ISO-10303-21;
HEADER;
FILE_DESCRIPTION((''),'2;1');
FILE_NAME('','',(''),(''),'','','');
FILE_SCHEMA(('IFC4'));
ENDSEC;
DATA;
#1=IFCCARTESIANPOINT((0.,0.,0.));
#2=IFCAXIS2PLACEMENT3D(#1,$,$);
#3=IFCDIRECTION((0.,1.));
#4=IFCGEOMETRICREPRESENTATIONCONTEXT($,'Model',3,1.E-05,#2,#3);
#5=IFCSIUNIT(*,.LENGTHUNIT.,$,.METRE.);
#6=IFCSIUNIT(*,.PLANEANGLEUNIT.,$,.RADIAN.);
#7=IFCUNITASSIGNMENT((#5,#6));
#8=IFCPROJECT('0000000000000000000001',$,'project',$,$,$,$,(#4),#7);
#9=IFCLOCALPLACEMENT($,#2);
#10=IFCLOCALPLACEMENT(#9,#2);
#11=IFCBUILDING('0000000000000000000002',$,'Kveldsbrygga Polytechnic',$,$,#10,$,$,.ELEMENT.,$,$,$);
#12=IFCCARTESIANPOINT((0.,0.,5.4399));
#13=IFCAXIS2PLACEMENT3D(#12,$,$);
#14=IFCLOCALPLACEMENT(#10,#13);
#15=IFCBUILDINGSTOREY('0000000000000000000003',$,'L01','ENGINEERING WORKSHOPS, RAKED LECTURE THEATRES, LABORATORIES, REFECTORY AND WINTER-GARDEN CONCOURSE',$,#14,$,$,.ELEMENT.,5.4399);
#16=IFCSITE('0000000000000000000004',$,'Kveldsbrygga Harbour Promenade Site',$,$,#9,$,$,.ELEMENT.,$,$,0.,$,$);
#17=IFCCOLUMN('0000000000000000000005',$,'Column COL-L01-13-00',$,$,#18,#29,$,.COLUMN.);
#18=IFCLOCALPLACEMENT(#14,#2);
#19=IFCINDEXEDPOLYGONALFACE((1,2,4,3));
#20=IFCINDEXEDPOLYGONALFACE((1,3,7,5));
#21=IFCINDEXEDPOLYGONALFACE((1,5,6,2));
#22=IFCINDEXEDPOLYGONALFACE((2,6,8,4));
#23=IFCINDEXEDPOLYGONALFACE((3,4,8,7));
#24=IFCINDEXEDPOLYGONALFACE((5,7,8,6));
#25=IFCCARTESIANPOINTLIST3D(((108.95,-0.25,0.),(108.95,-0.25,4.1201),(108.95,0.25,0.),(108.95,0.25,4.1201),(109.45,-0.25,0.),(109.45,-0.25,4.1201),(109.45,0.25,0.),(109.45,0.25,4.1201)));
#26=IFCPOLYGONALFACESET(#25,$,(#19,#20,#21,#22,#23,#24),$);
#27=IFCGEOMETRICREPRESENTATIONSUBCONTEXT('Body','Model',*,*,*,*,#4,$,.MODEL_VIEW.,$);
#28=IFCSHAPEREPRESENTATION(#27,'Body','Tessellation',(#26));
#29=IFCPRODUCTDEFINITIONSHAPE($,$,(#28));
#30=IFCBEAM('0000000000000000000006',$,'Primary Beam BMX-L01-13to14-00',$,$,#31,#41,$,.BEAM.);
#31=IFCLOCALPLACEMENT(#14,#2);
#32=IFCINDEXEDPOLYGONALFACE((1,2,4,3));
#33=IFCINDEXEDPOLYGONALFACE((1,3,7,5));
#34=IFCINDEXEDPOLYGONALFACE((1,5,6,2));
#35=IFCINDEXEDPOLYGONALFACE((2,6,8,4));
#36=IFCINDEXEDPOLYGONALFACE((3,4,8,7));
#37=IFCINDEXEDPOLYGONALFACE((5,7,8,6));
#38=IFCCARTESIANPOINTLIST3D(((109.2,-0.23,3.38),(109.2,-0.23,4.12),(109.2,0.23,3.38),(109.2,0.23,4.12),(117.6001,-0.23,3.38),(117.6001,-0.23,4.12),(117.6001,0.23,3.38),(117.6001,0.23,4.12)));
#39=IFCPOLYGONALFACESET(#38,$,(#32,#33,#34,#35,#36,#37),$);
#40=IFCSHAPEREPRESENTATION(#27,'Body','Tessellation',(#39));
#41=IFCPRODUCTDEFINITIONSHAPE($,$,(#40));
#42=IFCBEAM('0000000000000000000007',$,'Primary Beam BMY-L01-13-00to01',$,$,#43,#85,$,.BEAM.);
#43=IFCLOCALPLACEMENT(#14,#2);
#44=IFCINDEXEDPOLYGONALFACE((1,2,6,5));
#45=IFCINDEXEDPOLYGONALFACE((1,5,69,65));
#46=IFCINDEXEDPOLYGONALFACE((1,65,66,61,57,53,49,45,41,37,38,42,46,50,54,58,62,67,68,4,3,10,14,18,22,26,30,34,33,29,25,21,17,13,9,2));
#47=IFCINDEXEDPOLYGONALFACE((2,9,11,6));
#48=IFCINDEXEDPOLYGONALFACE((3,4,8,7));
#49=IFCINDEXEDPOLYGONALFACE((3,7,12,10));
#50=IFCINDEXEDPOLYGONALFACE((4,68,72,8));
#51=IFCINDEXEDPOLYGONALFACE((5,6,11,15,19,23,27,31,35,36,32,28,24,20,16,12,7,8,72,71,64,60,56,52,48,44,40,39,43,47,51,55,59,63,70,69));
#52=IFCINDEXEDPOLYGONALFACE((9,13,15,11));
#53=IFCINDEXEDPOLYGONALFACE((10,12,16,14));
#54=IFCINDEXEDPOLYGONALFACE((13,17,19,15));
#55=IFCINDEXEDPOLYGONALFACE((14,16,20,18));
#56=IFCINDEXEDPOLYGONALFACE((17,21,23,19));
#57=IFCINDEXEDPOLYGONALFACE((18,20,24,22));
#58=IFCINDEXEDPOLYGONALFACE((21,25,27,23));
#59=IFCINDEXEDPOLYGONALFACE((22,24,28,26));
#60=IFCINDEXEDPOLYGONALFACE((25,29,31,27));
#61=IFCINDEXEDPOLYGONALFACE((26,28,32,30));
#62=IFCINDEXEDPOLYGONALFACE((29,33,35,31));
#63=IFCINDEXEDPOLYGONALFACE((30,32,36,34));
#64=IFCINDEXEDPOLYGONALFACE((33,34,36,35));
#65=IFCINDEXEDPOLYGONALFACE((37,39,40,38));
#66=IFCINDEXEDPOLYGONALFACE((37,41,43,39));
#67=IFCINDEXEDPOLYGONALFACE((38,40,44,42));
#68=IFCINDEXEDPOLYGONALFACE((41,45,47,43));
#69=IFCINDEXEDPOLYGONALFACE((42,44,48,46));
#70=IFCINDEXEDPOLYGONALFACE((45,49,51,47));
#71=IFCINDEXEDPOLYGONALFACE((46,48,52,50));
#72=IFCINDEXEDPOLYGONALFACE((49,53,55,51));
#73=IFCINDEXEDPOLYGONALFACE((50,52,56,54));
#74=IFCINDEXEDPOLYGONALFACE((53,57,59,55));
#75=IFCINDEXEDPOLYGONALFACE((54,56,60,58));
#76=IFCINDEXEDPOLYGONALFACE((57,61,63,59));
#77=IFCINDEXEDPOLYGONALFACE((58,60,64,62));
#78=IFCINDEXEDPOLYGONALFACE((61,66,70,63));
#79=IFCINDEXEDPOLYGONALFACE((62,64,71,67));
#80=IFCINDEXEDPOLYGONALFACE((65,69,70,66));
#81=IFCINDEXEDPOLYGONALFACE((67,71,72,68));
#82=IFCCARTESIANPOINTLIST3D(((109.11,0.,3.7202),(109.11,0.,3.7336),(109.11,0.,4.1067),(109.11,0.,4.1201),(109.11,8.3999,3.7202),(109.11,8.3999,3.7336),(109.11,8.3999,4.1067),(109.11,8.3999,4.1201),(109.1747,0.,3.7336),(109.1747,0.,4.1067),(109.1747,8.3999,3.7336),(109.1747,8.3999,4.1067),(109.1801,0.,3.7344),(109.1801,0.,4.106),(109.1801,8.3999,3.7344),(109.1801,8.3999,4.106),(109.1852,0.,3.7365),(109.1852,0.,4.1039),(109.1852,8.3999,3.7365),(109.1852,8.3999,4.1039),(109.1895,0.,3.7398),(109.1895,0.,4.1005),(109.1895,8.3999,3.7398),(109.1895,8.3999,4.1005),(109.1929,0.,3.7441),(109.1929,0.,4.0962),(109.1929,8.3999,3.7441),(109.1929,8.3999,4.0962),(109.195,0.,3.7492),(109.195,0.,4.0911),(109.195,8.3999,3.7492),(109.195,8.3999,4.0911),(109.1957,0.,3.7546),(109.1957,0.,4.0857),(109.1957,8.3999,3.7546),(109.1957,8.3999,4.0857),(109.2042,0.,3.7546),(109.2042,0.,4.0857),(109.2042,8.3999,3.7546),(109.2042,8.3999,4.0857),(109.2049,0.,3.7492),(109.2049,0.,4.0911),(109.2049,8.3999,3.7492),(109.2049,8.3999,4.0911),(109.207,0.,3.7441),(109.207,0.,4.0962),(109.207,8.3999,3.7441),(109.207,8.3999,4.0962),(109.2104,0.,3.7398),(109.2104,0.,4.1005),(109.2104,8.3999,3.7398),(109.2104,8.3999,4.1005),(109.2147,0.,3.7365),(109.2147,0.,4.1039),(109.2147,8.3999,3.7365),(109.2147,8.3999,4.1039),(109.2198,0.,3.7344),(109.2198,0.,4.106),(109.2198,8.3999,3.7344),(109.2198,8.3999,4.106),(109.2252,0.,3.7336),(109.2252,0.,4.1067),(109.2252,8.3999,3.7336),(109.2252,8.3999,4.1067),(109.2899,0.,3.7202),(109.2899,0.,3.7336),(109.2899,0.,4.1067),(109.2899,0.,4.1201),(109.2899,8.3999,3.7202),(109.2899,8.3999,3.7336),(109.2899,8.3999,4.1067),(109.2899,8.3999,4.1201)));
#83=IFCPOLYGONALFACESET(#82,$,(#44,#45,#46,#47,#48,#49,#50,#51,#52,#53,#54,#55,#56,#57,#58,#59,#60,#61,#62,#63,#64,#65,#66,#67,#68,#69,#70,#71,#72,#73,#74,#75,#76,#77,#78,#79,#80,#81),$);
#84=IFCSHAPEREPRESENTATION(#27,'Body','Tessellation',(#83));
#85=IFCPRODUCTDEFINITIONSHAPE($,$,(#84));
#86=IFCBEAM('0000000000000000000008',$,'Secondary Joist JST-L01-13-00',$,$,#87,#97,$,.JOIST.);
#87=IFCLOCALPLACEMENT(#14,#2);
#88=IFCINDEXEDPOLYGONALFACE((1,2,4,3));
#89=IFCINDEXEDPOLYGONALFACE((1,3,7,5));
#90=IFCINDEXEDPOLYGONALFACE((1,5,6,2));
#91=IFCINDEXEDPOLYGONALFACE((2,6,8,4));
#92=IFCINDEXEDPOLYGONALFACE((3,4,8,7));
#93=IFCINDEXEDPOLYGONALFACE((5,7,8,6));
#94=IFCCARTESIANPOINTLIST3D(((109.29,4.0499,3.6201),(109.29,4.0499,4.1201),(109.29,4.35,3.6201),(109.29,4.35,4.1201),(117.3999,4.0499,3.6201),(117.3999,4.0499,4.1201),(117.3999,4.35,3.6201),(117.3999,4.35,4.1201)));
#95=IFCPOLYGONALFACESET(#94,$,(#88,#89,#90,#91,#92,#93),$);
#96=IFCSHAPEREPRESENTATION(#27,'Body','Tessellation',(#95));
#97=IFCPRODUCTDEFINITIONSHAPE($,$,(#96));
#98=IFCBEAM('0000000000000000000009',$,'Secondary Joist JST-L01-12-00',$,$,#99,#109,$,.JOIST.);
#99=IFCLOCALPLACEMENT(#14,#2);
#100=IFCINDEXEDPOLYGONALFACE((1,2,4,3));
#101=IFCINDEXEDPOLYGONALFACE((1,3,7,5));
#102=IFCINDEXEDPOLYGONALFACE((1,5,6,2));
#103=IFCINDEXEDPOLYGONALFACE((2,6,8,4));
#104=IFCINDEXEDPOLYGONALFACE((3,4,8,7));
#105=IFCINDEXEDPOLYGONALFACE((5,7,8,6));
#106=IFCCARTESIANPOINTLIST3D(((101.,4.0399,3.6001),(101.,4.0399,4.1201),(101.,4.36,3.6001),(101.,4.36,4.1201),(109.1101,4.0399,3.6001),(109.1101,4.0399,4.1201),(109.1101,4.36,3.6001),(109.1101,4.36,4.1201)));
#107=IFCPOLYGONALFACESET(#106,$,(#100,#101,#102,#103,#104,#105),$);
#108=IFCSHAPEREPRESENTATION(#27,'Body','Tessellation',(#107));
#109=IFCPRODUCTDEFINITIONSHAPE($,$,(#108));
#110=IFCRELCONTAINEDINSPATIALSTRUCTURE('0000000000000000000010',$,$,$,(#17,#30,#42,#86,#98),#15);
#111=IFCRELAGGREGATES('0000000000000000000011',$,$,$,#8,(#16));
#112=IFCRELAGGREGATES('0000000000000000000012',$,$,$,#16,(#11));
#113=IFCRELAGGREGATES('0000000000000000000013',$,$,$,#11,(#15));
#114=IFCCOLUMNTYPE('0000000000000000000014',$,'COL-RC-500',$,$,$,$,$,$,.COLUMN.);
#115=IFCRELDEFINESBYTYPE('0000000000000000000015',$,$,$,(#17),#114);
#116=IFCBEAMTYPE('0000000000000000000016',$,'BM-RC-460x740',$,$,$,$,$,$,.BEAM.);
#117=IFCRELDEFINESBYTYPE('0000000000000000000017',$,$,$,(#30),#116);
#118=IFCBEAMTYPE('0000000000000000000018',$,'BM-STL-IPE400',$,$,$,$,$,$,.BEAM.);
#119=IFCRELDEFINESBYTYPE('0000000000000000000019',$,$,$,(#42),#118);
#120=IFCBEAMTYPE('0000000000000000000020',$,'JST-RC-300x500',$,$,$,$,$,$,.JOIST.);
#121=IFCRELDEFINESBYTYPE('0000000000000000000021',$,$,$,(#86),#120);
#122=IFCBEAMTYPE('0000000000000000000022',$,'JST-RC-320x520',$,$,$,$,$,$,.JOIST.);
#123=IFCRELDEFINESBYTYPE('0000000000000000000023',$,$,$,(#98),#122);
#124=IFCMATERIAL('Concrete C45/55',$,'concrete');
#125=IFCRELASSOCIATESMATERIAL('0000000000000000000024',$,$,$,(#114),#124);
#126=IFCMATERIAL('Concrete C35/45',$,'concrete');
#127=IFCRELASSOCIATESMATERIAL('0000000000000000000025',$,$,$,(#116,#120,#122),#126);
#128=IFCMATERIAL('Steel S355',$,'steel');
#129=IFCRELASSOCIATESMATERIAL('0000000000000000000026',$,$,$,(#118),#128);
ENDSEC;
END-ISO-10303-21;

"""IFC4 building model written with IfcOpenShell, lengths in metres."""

from ifc_helpers import new_model, si_unit, direction, frame, origin, origin_2d, place, context, subcontext, project, spatial, rectangle, i_section, extrude, material, material_profile, profile_set, type_object, element, save


model = new_model("IFC4")

# Units and contexts
model_context = context("Model", 3, precision=1e-05, world=origin(), true_north=direction((0.0, 1.0)))
body_context = subcontext(model_context, "Body", "Model", "MODEL_VIEW")
ifc_project = project(units=[si_unit("LENGTHUNIT", "METRE"), si_unit("PLANEANGLEUNIT", "RADIAN")], contexts=[model_context])

# Site, building, storey
site_placement = place(None, origin())
site = spatial("IfcSite", under=ifc_project, at=site_placement, Name="Kveldsbrygga Harbour Promenade Site", CompositionType="ELEMENT", RefElevation=0.0)
building_placement = place(site_placement, origin())
building = spatial("IfcBuilding", under=site, at=building_placement, Name="Kveldsbrygga Polytechnic", CompositionType="ELEMENT")
storey_placement = place(building_placement, frame((0.0, 0.0, 5.4399)))
storey = spatial("IfcBuildingStorey", under=building, at=storey_placement, Name="L01", Description="ENGINEERING WORKSHOPS, RAKED LECTURE THEATRES, LABORATORIES, REFECTORY AND WINTER-GARDEN CONCOURSE", CompositionType="ELEMENT", Elevation=5.4399)

# Column
ifc_material_1 = material(Name="Concrete C45/55", Category="concrete")
ifc_material_profile_1 = material_profile(ifc_material_1, rectangle(XDim=0.5, YDim=0.5, at=origin_2d()), Name="RC 500x500")
ifc_profile_set_1 = profile_set([ifc_material_profile_1], Name="Concrete C45/55")
column_type = type_object("IfcColumnType", Name="COL-RC-500", PredefinedType="COLUMN", material=ifc_profile_set_1)
column_placement = place(storey_placement, frame((109.2, 0.0, 0.0), z_axis=(0.0, 0.0, 1.0), x_axis=(1.0, 0.0, 0.0)))
element("IfcColumn", 1, at=column_placement, inside=storey, type_object=column_type, Name="Column COL-L01-13-00", PredefinedType="COLUMN", context=body_context, shape_type="SweptSolid", body=[
    extrude(rectangle(XDim=0.5, YDim=0.5, at=origin_2d()), origin(), (0.0, 0.0, 1.0), 4.1201),
])

# Beams
ifc_material_2 = material(Name="Concrete C35/45", Category="concrete")
ifc_material_profile_2 = material_profile(ifc_material_2, rectangle(XDim=0.46, YDim=0.74, at=origin_2d()), Name="RC 460x740")
ifc_profile_set_2 = profile_set([ifc_material_profile_2], Name="Concrete C35/45")
beam_type_1 = type_object("IfcBeamType", Name="BM-RC-460x740", PredefinedType="BEAM", material=ifc_profile_set_2)
beam_1_placement = place(storey_placement, frame((109.2, 0.0, 3.75), z_axis=(1.0, 0.0, 0.0), x_axis=(0.0, 1.0, 0.0)))
element("IfcBeam", 2, at=beam_1_placement, inside=storey, type_object=beam_type_1, Name="Primary Beam BMX-L01-13to14-00", PredefinedType="BEAM", context=body_context, shape_type="SweptSolid", body=[
    extrude(rectangle(XDim=0.46, YDim=0.74, at=origin_2d()), origin(), (0.0, 0.0, 1.0), 8.4001),
])
ifc_material_3 = material(Name="Steel S355", Category="steel")
ifc_material_profile_3 = material_profile(ifc_material_3, i_section(OverallWidth=0.1799, OverallDepth=0.3999, WebThickness=0.0085, FlangeThickness=0.0134, FilletRadius=0.021, at=origin_2d()), Name="IPE 400")
ifc_profile_set_3 = profile_set([ifc_material_profile_3], Name="Steel S355")
beam_type_2 = type_object("IfcBeamType", Name="BM-STL-IPE400", PredefinedType="BEAM", material=ifc_profile_set_3)
beam_2_placement = place(storey_placement, frame((109.2, 0.0, 3.9202), z_axis=(0.0, 1.0, 0.0), x_axis=(-1.0, 0.0, 0.0)))
element("IfcBeam", 3, at=beam_2_placement, inside=storey, type_object=beam_type_2, Name="Primary Beam BMY-L01-13-00to01", PredefinedType="BEAM", context=body_context, shape_type="SweptSolid", body=[
    extrude(i_section(OverallWidth=0.1799, OverallDepth=0.3999, WebThickness=0.0085, FlangeThickness=0.0134, FilletRadius=0.021, at=origin_2d()), origin(), (0.0, 0.0, 1.0), 8.3999),
])
ifc_material_profile_4 = material_profile(ifc_material_2, rectangle(XDim=0.3, YDim=0.5, at=origin_2d()), Name="RC 300x500")
ifc_profile_set_4 = profile_set([ifc_material_profile_4], Name="Concrete C35/45")
beam_type_3 = type_object("IfcBeamType", Name="JST-RC-300x500", PredefinedType="JOIST", material=ifc_profile_set_4)
beam_3_placement = place(storey_placement, frame((109.29, 4.2, 3.8701), z_axis=(1.0, 0.0, 0.0), x_axis=(0.0, 1.0, 0.0)))
element("IfcBeam", 4, at=beam_3_placement, inside=storey, type_object=beam_type_3, Name="Secondary Joist JST-L01-13-00", PredefinedType="JOIST", context=body_context, shape_type="SweptSolid", body=[
    extrude(rectangle(XDim=0.3, YDim=0.5, at=origin_2d()), origin(), (0.0, 0.0, 1.0), 8.1099),
])
ifc_material_profile_5 = material_profile(ifc_material_2, rectangle(XDim=0.3201, YDim=0.52, at=origin_2d()), Name="RC 320x520")
ifc_profile_set_5 = profile_set([ifc_material_profile_5], Name="Concrete C35/45")
beam_type_4 = type_object("IfcBeamType", Name="JST-RC-320x520", PredefinedType="JOIST", material=ifc_profile_set_5)
beam_4_placement = place(storey_placement, frame((101.0, 4.2, 3.8601), z_axis=(1.0, 0.0, 0.0), x_axis=(0.0, 1.0, 0.0)))
element("IfcBeam", 5, at=beam_4_placement, inside=storey, type_object=beam_type_4, Name="Secondary Joist JST-L01-12-00", PredefinedType="JOIST", context=body_context, shape_type="SweptSolid", body=[
    extrude(rectangle(XDim=0.3201, YDim=0.52, at=origin_2d()), origin(), (0.0, 0.0, 1.0), 8.1101),
])

save(model, "model.ifc")
